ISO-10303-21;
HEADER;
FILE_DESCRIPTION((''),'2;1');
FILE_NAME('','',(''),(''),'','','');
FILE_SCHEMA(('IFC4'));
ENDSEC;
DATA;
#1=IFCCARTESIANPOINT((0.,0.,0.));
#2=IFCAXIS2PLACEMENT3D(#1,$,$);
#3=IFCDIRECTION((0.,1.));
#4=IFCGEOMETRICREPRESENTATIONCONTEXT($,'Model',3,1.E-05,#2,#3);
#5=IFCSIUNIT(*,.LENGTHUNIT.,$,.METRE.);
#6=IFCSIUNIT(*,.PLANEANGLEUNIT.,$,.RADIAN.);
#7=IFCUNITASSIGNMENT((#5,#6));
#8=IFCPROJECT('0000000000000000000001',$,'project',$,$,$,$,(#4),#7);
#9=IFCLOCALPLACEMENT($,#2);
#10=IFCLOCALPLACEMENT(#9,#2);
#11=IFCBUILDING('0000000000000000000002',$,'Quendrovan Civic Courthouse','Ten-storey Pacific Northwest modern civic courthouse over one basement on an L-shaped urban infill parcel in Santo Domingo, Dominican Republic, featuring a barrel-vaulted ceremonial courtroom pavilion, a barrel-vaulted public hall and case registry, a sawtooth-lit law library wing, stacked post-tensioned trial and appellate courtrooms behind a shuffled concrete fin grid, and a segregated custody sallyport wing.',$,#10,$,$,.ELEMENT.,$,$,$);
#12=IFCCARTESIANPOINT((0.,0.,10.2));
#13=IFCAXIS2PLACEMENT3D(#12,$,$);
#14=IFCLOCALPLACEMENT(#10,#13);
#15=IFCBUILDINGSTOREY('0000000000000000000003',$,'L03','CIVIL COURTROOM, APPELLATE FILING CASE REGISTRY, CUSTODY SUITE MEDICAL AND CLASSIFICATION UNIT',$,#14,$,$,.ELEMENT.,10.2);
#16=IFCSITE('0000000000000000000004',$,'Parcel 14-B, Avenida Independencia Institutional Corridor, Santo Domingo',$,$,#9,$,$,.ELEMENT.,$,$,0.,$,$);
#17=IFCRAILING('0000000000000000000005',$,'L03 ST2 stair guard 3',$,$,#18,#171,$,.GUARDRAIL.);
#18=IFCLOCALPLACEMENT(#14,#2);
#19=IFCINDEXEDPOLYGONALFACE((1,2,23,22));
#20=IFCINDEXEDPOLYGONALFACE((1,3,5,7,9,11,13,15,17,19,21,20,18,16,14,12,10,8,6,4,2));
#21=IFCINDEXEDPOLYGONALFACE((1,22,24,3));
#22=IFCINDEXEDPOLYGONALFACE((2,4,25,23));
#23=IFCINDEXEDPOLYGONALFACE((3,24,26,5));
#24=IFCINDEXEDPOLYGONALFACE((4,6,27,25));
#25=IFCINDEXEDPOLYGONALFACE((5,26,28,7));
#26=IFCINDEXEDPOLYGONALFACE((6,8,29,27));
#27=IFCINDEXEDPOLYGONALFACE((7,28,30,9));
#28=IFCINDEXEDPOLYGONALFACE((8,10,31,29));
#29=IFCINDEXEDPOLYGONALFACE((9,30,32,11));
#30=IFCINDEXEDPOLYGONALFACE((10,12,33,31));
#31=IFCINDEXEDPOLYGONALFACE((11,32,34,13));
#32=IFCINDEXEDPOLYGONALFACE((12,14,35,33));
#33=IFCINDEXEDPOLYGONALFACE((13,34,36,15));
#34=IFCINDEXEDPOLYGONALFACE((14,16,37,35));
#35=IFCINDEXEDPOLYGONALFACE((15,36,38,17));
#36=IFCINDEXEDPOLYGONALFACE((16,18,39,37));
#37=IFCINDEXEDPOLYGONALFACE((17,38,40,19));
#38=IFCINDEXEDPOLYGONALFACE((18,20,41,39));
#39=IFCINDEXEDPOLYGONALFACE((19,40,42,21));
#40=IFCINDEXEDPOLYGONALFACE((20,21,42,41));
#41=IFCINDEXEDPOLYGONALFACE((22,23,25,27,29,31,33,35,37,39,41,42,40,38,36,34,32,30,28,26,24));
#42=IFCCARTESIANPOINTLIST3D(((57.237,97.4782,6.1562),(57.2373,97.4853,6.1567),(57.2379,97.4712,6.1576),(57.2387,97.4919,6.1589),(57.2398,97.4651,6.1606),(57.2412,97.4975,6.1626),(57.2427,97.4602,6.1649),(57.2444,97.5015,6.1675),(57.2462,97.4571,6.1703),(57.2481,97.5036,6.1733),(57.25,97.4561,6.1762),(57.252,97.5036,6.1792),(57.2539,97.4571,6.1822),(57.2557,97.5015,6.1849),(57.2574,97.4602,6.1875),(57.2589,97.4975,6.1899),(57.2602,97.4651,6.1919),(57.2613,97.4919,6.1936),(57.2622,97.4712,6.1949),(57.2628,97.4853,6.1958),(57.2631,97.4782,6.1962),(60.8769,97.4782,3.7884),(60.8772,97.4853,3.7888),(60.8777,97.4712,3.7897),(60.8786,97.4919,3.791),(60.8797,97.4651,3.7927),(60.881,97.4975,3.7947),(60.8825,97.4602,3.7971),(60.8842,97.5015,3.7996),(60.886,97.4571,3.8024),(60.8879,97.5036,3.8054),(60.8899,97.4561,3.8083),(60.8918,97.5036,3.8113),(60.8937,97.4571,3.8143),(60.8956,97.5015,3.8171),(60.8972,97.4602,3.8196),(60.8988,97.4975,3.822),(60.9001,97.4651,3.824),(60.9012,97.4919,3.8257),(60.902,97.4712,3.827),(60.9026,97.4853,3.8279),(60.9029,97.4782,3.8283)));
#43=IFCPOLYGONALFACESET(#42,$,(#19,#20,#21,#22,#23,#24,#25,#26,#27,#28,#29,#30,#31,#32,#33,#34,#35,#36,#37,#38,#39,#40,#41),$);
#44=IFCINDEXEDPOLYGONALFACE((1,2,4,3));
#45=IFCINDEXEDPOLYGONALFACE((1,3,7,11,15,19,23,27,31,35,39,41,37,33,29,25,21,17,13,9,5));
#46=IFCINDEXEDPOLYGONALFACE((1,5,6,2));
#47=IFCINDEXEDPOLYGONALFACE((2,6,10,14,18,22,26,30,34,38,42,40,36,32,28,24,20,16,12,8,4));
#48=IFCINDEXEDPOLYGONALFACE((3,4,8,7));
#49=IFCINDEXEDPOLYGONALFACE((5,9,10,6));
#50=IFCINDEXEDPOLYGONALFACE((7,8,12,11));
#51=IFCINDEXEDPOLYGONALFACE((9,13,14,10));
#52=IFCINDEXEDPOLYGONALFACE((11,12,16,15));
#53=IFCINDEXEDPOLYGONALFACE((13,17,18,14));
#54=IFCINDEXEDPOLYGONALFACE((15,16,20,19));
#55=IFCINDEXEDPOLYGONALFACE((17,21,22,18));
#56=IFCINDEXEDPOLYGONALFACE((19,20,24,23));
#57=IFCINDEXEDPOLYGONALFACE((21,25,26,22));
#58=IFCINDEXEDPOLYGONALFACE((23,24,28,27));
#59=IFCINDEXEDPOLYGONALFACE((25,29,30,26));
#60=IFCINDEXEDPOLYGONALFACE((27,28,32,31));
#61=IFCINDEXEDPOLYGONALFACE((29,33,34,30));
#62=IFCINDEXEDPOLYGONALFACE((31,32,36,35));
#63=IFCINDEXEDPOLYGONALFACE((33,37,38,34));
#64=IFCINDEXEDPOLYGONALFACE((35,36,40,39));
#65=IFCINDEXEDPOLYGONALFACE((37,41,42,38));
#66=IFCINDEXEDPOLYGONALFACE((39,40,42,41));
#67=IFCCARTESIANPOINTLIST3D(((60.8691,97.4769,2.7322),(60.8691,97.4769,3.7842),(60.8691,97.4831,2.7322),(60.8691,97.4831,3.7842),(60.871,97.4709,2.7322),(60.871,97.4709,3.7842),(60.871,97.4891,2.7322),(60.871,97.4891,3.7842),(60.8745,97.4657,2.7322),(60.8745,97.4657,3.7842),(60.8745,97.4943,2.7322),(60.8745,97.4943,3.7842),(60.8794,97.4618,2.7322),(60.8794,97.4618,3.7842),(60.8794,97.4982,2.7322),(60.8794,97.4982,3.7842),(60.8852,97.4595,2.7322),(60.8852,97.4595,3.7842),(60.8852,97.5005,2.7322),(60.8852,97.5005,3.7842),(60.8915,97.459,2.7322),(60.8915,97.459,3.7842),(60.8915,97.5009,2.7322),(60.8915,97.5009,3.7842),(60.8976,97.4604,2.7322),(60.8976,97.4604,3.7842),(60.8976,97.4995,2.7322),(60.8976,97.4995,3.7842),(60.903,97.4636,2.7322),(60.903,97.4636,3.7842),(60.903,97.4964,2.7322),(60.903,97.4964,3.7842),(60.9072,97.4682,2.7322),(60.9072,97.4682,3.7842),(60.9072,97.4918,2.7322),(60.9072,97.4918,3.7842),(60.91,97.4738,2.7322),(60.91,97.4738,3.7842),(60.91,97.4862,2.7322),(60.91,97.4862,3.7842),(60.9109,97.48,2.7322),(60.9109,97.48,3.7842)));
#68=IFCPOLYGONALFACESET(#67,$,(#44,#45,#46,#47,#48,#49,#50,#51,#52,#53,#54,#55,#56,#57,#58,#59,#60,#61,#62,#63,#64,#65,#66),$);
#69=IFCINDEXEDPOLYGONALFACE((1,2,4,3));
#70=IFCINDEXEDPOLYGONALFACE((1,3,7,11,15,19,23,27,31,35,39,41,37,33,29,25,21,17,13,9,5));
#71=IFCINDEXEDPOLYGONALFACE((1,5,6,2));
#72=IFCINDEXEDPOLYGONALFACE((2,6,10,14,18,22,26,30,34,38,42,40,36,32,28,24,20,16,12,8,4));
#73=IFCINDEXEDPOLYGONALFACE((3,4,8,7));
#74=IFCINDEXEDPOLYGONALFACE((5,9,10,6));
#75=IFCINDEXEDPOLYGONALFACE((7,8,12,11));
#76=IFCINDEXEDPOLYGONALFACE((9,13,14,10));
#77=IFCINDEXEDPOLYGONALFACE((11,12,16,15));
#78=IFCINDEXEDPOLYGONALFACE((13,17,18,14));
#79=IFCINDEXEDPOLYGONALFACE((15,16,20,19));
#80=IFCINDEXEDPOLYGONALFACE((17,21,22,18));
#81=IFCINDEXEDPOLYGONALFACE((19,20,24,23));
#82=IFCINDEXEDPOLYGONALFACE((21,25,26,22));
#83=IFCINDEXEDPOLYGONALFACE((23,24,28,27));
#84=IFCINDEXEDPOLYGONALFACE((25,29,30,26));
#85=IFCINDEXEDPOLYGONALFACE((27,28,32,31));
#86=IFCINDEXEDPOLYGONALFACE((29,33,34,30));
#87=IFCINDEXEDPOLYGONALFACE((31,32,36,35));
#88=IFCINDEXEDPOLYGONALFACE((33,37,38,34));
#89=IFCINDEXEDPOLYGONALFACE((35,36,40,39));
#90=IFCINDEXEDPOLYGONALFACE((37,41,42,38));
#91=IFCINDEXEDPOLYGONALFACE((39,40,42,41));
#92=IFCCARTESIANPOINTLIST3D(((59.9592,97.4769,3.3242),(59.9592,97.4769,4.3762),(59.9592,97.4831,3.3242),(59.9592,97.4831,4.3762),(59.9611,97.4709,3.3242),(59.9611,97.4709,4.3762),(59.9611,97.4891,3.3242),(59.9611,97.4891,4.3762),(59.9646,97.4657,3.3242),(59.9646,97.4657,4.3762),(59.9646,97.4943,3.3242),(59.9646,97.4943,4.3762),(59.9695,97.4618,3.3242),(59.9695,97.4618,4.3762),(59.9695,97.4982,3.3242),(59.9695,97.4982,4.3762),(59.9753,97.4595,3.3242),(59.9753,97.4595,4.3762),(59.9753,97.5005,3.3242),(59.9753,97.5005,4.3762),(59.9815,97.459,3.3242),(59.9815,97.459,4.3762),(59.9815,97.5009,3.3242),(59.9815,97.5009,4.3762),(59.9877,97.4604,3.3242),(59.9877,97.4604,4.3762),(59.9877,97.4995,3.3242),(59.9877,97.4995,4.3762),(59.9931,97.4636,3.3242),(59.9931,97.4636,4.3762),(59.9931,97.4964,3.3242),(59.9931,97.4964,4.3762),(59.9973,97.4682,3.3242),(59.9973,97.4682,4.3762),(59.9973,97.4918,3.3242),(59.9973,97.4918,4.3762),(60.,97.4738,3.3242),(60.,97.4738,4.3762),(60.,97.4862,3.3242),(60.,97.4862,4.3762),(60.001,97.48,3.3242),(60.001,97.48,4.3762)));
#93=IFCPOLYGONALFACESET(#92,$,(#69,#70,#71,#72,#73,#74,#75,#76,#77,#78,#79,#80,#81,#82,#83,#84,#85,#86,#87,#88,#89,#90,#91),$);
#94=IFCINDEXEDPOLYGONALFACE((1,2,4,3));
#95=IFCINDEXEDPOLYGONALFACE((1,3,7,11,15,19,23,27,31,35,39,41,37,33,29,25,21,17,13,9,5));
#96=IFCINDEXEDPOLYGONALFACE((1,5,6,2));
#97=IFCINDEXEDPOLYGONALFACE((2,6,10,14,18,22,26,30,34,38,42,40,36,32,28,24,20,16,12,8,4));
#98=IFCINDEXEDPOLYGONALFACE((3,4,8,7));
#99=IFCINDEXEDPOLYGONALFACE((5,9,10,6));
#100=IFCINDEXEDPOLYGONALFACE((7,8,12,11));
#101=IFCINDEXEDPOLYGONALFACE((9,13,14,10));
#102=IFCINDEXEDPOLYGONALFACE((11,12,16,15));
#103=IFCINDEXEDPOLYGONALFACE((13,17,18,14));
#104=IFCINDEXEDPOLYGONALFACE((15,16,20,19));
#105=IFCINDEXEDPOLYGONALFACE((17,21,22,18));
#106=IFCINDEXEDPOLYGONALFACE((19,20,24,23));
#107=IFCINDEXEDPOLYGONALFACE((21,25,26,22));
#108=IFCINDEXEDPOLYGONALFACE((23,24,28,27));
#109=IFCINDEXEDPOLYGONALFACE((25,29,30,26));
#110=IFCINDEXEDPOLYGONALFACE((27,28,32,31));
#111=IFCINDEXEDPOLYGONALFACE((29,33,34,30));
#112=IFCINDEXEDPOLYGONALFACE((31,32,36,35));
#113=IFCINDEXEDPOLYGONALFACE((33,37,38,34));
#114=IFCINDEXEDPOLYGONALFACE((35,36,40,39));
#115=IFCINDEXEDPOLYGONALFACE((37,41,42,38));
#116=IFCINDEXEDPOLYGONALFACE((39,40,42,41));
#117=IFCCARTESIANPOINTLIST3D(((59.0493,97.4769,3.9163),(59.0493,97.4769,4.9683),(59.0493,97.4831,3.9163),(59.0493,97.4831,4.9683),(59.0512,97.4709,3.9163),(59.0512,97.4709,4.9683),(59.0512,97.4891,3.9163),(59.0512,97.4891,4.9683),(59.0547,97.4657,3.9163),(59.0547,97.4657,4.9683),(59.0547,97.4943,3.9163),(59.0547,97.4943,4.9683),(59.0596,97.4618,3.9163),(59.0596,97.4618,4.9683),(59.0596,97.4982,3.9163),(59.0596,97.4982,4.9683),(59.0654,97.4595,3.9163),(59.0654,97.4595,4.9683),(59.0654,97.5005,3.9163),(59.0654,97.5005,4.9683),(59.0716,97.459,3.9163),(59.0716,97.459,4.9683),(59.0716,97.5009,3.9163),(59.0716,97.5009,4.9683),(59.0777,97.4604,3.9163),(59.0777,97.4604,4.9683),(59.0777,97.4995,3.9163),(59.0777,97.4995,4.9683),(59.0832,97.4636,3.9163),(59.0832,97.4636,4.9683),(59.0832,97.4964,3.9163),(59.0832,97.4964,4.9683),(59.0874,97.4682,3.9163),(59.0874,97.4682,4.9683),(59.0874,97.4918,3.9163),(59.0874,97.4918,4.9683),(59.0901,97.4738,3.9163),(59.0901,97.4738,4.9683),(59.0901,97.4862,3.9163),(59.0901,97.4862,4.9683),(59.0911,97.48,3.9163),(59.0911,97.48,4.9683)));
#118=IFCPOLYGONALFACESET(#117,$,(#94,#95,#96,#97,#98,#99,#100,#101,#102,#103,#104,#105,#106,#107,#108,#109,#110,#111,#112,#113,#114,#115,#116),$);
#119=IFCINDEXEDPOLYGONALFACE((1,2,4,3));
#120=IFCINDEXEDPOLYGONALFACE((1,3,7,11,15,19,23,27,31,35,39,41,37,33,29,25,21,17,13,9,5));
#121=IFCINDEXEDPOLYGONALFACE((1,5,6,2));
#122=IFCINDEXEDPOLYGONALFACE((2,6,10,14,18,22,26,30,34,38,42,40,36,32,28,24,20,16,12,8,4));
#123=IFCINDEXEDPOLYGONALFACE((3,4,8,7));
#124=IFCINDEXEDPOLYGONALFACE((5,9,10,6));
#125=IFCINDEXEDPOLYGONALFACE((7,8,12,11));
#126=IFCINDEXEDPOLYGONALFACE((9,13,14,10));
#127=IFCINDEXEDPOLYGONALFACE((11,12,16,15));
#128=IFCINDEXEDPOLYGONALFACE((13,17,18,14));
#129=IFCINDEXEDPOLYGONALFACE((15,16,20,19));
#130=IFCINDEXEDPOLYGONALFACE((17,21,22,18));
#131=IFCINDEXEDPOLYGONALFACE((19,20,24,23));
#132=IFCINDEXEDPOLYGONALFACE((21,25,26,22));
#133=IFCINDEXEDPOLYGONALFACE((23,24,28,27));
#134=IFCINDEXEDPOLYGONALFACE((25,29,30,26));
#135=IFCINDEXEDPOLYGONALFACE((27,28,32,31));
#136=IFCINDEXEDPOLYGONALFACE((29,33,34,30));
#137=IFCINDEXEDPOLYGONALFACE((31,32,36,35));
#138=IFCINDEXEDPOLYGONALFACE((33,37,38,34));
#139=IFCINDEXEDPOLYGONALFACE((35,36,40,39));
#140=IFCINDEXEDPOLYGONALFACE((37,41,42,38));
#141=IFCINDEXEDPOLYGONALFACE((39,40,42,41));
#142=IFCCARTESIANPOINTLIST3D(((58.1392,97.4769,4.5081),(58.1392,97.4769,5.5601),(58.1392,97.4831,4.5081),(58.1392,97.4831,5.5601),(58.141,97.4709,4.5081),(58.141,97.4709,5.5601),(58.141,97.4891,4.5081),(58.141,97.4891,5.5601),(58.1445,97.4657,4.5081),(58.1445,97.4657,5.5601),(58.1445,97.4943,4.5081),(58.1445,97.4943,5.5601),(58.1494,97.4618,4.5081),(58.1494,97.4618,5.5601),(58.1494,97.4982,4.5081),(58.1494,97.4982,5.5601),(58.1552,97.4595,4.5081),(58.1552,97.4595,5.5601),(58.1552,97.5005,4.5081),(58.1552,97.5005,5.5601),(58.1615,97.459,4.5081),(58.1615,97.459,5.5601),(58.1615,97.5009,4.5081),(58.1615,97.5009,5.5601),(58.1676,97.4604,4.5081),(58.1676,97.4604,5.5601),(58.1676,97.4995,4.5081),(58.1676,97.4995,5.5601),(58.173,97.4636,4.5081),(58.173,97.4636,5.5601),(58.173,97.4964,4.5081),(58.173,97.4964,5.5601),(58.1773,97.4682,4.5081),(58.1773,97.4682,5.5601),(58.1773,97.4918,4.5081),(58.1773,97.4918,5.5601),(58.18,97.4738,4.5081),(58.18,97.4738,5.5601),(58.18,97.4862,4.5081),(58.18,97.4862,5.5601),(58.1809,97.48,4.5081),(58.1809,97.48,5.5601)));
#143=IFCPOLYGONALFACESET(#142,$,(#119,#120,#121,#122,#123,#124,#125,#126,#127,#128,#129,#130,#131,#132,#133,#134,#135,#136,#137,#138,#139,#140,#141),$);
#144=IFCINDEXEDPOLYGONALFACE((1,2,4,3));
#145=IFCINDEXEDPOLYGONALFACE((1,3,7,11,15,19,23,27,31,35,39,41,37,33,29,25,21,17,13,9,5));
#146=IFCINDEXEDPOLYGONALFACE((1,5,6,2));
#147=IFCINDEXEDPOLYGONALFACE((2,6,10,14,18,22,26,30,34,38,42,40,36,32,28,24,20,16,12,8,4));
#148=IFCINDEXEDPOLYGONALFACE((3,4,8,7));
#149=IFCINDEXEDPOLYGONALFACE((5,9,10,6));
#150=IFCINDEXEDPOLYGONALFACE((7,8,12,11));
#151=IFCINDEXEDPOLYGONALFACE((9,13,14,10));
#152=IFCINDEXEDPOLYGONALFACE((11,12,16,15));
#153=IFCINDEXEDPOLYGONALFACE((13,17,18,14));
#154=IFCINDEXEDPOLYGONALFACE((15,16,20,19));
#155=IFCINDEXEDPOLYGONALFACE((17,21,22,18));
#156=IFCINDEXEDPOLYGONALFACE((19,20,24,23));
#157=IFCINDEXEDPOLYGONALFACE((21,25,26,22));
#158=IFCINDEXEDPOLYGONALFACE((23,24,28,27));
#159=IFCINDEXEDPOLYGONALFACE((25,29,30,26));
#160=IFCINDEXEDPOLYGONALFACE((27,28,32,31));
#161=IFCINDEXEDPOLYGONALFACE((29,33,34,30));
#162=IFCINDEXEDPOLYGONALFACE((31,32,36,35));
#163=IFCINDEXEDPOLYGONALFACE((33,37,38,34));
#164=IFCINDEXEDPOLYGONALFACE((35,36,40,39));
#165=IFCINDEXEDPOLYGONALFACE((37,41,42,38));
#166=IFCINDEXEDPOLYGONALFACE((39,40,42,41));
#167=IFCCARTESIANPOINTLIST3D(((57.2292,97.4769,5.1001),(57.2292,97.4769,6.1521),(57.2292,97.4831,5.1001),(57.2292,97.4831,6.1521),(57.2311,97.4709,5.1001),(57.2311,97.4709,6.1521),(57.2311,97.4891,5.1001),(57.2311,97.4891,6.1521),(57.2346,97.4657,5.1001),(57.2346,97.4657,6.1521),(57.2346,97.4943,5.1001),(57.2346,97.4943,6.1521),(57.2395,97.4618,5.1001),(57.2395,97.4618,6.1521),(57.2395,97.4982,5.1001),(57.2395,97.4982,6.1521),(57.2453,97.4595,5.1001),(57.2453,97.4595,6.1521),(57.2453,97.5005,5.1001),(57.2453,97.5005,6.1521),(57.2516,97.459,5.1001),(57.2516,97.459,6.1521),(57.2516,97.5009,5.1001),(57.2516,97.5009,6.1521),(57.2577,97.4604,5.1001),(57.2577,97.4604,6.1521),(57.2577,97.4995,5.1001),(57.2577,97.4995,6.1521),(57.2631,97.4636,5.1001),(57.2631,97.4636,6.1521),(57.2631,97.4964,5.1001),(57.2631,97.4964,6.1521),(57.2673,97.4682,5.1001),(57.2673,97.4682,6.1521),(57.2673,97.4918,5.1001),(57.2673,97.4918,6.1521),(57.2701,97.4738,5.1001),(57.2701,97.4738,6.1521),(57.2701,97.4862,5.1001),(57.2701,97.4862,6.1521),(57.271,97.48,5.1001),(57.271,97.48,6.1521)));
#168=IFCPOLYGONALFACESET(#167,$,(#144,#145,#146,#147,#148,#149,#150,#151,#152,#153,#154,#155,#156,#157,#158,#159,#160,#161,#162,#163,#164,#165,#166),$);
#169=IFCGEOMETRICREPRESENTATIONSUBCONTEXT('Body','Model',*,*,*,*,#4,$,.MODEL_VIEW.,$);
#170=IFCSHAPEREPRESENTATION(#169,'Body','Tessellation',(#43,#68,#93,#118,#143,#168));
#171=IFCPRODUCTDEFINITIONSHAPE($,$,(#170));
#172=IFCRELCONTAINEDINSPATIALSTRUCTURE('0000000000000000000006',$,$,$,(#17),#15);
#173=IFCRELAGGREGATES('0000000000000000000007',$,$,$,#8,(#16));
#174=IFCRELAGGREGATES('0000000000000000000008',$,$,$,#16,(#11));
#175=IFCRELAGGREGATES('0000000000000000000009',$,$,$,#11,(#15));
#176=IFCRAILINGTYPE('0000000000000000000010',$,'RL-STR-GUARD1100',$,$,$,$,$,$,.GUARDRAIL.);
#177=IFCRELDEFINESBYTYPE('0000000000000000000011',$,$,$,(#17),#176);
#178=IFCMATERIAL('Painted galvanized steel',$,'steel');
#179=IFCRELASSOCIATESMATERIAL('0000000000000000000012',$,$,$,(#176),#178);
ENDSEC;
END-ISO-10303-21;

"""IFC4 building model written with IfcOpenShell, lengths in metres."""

from ifc_helpers import new_model, si_unit, direction, frame, origin, origin_2d, place, context, subcontext, project, spatial, circle, extrude, material, type_object, element, save


model = new_model("IFC4")

# Units and contexts
model_context = context("Model", 3, precision=1e-05, world=origin(), true_north=direction((0.0, 1.0)))
body_context = subcontext(model_context, "Body", "Model", "MODEL_VIEW")
ifc_project = project(units=[si_unit("LENGTHUNIT", "METRE"), si_unit("PLANEANGLEUNIT", "RADIAN")], contexts=[model_context])

# Site, building, storey
site_placement = place(None, origin())
site = spatial("IfcSite", under=ifc_project, at=site_placement, Name="Parcel 14-B, Avenida Independencia Institutional Corridor, Santo Domingo", CompositionType="ELEMENT", RefElevation=0.0)
building_placement = place(site_placement, origin())
building = spatial("IfcBuilding", under=site, at=building_placement, Name="Quendrovan Civic Courthouse", Description="Ten-storey Pacific Northwest modern civic courthouse over one basement on an L-shaped urban infill parcel in Santo Domingo, Dominican Republic, featuring a barrel-vaulted ceremonial courtroom pavilion, a barrel-vaulted public hall and case registry, a sawtooth-lit law library wing, stacked post-tensioned trial and appellate courtrooms behind a shuffled concrete fin grid, and a segregated custody sallyport wing.", CompositionType="ELEMENT")
storey_placement = place(building_placement, frame((0.0, 0.0, 10.2)))
storey = spatial("IfcBuildingStorey", under=building, at=storey_placement, Name="L03", Description="CIVIL COURTROOM, APPELLATE FILING CASE REGISTRY, CUSTODY SUITE MEDICAL AND CLASSIFICATION UNIT", CompositionType="ELEMENT", Elevation=10.2)

# Railing
ifc_material_1 = material(Name="Painted galvanized steel", Category="steel")
railing_type_1 = type_object("IfcRailingType", Name="RL-STR-GUARD1100", PredefinedType="GUARDRAIL", material=ifc_material_1)
railing_1_placement = place(storey_placement, frame((60.8899, 97.48, 2.7322)))
element("IfcRailing", 1, at=railing_1_placement, inside=storey, type_object=railing_type_1, Name="L03 ST2 stair guard 3", PredefinedType="GUARDRAIL", context=body_context, shape_type="SweptSolid", body=[
    extrude(circle(Radius=0.0239, at=origin_2d()), frame((0.0, 0.0, 1.0762), z_axis=(-0.838234, 0.0, 0.54531), x_axis=(0.0, -1.0, 0.0)), (0.0, 0.0, 1.0), 4.3423),
    extrude(circle(Radius=0.021, at=origin_2d()), origin(), (0.0, 0.0, 1.0), 1.052),
    extrude(circle(Radius=0.021, at=origin_2d()), frame((-0.9099, 0.0, 0.592)), (0.0, 0.0, 1.0), 1.052),
    extrude(circle(Radius=0.021, at=origin_2d()), frame((-1.8198, 0.0, 1.1841)), (0.0, 0.0, 1.0), 1.052),
    extrude(circle(Radius=0.021, at=origin_2d()), frame((-2.73, 0.0, 1.7759)), (0.0, 0.0, 1.0), 1.052),
    extrude(circle(Radius=0.021, at=origin_2d()), frame((-3.6399, 0.0, 2.3679)), (0.0, 0.0, 1.0), 1.052),
])

save(model, "model.ifc")
